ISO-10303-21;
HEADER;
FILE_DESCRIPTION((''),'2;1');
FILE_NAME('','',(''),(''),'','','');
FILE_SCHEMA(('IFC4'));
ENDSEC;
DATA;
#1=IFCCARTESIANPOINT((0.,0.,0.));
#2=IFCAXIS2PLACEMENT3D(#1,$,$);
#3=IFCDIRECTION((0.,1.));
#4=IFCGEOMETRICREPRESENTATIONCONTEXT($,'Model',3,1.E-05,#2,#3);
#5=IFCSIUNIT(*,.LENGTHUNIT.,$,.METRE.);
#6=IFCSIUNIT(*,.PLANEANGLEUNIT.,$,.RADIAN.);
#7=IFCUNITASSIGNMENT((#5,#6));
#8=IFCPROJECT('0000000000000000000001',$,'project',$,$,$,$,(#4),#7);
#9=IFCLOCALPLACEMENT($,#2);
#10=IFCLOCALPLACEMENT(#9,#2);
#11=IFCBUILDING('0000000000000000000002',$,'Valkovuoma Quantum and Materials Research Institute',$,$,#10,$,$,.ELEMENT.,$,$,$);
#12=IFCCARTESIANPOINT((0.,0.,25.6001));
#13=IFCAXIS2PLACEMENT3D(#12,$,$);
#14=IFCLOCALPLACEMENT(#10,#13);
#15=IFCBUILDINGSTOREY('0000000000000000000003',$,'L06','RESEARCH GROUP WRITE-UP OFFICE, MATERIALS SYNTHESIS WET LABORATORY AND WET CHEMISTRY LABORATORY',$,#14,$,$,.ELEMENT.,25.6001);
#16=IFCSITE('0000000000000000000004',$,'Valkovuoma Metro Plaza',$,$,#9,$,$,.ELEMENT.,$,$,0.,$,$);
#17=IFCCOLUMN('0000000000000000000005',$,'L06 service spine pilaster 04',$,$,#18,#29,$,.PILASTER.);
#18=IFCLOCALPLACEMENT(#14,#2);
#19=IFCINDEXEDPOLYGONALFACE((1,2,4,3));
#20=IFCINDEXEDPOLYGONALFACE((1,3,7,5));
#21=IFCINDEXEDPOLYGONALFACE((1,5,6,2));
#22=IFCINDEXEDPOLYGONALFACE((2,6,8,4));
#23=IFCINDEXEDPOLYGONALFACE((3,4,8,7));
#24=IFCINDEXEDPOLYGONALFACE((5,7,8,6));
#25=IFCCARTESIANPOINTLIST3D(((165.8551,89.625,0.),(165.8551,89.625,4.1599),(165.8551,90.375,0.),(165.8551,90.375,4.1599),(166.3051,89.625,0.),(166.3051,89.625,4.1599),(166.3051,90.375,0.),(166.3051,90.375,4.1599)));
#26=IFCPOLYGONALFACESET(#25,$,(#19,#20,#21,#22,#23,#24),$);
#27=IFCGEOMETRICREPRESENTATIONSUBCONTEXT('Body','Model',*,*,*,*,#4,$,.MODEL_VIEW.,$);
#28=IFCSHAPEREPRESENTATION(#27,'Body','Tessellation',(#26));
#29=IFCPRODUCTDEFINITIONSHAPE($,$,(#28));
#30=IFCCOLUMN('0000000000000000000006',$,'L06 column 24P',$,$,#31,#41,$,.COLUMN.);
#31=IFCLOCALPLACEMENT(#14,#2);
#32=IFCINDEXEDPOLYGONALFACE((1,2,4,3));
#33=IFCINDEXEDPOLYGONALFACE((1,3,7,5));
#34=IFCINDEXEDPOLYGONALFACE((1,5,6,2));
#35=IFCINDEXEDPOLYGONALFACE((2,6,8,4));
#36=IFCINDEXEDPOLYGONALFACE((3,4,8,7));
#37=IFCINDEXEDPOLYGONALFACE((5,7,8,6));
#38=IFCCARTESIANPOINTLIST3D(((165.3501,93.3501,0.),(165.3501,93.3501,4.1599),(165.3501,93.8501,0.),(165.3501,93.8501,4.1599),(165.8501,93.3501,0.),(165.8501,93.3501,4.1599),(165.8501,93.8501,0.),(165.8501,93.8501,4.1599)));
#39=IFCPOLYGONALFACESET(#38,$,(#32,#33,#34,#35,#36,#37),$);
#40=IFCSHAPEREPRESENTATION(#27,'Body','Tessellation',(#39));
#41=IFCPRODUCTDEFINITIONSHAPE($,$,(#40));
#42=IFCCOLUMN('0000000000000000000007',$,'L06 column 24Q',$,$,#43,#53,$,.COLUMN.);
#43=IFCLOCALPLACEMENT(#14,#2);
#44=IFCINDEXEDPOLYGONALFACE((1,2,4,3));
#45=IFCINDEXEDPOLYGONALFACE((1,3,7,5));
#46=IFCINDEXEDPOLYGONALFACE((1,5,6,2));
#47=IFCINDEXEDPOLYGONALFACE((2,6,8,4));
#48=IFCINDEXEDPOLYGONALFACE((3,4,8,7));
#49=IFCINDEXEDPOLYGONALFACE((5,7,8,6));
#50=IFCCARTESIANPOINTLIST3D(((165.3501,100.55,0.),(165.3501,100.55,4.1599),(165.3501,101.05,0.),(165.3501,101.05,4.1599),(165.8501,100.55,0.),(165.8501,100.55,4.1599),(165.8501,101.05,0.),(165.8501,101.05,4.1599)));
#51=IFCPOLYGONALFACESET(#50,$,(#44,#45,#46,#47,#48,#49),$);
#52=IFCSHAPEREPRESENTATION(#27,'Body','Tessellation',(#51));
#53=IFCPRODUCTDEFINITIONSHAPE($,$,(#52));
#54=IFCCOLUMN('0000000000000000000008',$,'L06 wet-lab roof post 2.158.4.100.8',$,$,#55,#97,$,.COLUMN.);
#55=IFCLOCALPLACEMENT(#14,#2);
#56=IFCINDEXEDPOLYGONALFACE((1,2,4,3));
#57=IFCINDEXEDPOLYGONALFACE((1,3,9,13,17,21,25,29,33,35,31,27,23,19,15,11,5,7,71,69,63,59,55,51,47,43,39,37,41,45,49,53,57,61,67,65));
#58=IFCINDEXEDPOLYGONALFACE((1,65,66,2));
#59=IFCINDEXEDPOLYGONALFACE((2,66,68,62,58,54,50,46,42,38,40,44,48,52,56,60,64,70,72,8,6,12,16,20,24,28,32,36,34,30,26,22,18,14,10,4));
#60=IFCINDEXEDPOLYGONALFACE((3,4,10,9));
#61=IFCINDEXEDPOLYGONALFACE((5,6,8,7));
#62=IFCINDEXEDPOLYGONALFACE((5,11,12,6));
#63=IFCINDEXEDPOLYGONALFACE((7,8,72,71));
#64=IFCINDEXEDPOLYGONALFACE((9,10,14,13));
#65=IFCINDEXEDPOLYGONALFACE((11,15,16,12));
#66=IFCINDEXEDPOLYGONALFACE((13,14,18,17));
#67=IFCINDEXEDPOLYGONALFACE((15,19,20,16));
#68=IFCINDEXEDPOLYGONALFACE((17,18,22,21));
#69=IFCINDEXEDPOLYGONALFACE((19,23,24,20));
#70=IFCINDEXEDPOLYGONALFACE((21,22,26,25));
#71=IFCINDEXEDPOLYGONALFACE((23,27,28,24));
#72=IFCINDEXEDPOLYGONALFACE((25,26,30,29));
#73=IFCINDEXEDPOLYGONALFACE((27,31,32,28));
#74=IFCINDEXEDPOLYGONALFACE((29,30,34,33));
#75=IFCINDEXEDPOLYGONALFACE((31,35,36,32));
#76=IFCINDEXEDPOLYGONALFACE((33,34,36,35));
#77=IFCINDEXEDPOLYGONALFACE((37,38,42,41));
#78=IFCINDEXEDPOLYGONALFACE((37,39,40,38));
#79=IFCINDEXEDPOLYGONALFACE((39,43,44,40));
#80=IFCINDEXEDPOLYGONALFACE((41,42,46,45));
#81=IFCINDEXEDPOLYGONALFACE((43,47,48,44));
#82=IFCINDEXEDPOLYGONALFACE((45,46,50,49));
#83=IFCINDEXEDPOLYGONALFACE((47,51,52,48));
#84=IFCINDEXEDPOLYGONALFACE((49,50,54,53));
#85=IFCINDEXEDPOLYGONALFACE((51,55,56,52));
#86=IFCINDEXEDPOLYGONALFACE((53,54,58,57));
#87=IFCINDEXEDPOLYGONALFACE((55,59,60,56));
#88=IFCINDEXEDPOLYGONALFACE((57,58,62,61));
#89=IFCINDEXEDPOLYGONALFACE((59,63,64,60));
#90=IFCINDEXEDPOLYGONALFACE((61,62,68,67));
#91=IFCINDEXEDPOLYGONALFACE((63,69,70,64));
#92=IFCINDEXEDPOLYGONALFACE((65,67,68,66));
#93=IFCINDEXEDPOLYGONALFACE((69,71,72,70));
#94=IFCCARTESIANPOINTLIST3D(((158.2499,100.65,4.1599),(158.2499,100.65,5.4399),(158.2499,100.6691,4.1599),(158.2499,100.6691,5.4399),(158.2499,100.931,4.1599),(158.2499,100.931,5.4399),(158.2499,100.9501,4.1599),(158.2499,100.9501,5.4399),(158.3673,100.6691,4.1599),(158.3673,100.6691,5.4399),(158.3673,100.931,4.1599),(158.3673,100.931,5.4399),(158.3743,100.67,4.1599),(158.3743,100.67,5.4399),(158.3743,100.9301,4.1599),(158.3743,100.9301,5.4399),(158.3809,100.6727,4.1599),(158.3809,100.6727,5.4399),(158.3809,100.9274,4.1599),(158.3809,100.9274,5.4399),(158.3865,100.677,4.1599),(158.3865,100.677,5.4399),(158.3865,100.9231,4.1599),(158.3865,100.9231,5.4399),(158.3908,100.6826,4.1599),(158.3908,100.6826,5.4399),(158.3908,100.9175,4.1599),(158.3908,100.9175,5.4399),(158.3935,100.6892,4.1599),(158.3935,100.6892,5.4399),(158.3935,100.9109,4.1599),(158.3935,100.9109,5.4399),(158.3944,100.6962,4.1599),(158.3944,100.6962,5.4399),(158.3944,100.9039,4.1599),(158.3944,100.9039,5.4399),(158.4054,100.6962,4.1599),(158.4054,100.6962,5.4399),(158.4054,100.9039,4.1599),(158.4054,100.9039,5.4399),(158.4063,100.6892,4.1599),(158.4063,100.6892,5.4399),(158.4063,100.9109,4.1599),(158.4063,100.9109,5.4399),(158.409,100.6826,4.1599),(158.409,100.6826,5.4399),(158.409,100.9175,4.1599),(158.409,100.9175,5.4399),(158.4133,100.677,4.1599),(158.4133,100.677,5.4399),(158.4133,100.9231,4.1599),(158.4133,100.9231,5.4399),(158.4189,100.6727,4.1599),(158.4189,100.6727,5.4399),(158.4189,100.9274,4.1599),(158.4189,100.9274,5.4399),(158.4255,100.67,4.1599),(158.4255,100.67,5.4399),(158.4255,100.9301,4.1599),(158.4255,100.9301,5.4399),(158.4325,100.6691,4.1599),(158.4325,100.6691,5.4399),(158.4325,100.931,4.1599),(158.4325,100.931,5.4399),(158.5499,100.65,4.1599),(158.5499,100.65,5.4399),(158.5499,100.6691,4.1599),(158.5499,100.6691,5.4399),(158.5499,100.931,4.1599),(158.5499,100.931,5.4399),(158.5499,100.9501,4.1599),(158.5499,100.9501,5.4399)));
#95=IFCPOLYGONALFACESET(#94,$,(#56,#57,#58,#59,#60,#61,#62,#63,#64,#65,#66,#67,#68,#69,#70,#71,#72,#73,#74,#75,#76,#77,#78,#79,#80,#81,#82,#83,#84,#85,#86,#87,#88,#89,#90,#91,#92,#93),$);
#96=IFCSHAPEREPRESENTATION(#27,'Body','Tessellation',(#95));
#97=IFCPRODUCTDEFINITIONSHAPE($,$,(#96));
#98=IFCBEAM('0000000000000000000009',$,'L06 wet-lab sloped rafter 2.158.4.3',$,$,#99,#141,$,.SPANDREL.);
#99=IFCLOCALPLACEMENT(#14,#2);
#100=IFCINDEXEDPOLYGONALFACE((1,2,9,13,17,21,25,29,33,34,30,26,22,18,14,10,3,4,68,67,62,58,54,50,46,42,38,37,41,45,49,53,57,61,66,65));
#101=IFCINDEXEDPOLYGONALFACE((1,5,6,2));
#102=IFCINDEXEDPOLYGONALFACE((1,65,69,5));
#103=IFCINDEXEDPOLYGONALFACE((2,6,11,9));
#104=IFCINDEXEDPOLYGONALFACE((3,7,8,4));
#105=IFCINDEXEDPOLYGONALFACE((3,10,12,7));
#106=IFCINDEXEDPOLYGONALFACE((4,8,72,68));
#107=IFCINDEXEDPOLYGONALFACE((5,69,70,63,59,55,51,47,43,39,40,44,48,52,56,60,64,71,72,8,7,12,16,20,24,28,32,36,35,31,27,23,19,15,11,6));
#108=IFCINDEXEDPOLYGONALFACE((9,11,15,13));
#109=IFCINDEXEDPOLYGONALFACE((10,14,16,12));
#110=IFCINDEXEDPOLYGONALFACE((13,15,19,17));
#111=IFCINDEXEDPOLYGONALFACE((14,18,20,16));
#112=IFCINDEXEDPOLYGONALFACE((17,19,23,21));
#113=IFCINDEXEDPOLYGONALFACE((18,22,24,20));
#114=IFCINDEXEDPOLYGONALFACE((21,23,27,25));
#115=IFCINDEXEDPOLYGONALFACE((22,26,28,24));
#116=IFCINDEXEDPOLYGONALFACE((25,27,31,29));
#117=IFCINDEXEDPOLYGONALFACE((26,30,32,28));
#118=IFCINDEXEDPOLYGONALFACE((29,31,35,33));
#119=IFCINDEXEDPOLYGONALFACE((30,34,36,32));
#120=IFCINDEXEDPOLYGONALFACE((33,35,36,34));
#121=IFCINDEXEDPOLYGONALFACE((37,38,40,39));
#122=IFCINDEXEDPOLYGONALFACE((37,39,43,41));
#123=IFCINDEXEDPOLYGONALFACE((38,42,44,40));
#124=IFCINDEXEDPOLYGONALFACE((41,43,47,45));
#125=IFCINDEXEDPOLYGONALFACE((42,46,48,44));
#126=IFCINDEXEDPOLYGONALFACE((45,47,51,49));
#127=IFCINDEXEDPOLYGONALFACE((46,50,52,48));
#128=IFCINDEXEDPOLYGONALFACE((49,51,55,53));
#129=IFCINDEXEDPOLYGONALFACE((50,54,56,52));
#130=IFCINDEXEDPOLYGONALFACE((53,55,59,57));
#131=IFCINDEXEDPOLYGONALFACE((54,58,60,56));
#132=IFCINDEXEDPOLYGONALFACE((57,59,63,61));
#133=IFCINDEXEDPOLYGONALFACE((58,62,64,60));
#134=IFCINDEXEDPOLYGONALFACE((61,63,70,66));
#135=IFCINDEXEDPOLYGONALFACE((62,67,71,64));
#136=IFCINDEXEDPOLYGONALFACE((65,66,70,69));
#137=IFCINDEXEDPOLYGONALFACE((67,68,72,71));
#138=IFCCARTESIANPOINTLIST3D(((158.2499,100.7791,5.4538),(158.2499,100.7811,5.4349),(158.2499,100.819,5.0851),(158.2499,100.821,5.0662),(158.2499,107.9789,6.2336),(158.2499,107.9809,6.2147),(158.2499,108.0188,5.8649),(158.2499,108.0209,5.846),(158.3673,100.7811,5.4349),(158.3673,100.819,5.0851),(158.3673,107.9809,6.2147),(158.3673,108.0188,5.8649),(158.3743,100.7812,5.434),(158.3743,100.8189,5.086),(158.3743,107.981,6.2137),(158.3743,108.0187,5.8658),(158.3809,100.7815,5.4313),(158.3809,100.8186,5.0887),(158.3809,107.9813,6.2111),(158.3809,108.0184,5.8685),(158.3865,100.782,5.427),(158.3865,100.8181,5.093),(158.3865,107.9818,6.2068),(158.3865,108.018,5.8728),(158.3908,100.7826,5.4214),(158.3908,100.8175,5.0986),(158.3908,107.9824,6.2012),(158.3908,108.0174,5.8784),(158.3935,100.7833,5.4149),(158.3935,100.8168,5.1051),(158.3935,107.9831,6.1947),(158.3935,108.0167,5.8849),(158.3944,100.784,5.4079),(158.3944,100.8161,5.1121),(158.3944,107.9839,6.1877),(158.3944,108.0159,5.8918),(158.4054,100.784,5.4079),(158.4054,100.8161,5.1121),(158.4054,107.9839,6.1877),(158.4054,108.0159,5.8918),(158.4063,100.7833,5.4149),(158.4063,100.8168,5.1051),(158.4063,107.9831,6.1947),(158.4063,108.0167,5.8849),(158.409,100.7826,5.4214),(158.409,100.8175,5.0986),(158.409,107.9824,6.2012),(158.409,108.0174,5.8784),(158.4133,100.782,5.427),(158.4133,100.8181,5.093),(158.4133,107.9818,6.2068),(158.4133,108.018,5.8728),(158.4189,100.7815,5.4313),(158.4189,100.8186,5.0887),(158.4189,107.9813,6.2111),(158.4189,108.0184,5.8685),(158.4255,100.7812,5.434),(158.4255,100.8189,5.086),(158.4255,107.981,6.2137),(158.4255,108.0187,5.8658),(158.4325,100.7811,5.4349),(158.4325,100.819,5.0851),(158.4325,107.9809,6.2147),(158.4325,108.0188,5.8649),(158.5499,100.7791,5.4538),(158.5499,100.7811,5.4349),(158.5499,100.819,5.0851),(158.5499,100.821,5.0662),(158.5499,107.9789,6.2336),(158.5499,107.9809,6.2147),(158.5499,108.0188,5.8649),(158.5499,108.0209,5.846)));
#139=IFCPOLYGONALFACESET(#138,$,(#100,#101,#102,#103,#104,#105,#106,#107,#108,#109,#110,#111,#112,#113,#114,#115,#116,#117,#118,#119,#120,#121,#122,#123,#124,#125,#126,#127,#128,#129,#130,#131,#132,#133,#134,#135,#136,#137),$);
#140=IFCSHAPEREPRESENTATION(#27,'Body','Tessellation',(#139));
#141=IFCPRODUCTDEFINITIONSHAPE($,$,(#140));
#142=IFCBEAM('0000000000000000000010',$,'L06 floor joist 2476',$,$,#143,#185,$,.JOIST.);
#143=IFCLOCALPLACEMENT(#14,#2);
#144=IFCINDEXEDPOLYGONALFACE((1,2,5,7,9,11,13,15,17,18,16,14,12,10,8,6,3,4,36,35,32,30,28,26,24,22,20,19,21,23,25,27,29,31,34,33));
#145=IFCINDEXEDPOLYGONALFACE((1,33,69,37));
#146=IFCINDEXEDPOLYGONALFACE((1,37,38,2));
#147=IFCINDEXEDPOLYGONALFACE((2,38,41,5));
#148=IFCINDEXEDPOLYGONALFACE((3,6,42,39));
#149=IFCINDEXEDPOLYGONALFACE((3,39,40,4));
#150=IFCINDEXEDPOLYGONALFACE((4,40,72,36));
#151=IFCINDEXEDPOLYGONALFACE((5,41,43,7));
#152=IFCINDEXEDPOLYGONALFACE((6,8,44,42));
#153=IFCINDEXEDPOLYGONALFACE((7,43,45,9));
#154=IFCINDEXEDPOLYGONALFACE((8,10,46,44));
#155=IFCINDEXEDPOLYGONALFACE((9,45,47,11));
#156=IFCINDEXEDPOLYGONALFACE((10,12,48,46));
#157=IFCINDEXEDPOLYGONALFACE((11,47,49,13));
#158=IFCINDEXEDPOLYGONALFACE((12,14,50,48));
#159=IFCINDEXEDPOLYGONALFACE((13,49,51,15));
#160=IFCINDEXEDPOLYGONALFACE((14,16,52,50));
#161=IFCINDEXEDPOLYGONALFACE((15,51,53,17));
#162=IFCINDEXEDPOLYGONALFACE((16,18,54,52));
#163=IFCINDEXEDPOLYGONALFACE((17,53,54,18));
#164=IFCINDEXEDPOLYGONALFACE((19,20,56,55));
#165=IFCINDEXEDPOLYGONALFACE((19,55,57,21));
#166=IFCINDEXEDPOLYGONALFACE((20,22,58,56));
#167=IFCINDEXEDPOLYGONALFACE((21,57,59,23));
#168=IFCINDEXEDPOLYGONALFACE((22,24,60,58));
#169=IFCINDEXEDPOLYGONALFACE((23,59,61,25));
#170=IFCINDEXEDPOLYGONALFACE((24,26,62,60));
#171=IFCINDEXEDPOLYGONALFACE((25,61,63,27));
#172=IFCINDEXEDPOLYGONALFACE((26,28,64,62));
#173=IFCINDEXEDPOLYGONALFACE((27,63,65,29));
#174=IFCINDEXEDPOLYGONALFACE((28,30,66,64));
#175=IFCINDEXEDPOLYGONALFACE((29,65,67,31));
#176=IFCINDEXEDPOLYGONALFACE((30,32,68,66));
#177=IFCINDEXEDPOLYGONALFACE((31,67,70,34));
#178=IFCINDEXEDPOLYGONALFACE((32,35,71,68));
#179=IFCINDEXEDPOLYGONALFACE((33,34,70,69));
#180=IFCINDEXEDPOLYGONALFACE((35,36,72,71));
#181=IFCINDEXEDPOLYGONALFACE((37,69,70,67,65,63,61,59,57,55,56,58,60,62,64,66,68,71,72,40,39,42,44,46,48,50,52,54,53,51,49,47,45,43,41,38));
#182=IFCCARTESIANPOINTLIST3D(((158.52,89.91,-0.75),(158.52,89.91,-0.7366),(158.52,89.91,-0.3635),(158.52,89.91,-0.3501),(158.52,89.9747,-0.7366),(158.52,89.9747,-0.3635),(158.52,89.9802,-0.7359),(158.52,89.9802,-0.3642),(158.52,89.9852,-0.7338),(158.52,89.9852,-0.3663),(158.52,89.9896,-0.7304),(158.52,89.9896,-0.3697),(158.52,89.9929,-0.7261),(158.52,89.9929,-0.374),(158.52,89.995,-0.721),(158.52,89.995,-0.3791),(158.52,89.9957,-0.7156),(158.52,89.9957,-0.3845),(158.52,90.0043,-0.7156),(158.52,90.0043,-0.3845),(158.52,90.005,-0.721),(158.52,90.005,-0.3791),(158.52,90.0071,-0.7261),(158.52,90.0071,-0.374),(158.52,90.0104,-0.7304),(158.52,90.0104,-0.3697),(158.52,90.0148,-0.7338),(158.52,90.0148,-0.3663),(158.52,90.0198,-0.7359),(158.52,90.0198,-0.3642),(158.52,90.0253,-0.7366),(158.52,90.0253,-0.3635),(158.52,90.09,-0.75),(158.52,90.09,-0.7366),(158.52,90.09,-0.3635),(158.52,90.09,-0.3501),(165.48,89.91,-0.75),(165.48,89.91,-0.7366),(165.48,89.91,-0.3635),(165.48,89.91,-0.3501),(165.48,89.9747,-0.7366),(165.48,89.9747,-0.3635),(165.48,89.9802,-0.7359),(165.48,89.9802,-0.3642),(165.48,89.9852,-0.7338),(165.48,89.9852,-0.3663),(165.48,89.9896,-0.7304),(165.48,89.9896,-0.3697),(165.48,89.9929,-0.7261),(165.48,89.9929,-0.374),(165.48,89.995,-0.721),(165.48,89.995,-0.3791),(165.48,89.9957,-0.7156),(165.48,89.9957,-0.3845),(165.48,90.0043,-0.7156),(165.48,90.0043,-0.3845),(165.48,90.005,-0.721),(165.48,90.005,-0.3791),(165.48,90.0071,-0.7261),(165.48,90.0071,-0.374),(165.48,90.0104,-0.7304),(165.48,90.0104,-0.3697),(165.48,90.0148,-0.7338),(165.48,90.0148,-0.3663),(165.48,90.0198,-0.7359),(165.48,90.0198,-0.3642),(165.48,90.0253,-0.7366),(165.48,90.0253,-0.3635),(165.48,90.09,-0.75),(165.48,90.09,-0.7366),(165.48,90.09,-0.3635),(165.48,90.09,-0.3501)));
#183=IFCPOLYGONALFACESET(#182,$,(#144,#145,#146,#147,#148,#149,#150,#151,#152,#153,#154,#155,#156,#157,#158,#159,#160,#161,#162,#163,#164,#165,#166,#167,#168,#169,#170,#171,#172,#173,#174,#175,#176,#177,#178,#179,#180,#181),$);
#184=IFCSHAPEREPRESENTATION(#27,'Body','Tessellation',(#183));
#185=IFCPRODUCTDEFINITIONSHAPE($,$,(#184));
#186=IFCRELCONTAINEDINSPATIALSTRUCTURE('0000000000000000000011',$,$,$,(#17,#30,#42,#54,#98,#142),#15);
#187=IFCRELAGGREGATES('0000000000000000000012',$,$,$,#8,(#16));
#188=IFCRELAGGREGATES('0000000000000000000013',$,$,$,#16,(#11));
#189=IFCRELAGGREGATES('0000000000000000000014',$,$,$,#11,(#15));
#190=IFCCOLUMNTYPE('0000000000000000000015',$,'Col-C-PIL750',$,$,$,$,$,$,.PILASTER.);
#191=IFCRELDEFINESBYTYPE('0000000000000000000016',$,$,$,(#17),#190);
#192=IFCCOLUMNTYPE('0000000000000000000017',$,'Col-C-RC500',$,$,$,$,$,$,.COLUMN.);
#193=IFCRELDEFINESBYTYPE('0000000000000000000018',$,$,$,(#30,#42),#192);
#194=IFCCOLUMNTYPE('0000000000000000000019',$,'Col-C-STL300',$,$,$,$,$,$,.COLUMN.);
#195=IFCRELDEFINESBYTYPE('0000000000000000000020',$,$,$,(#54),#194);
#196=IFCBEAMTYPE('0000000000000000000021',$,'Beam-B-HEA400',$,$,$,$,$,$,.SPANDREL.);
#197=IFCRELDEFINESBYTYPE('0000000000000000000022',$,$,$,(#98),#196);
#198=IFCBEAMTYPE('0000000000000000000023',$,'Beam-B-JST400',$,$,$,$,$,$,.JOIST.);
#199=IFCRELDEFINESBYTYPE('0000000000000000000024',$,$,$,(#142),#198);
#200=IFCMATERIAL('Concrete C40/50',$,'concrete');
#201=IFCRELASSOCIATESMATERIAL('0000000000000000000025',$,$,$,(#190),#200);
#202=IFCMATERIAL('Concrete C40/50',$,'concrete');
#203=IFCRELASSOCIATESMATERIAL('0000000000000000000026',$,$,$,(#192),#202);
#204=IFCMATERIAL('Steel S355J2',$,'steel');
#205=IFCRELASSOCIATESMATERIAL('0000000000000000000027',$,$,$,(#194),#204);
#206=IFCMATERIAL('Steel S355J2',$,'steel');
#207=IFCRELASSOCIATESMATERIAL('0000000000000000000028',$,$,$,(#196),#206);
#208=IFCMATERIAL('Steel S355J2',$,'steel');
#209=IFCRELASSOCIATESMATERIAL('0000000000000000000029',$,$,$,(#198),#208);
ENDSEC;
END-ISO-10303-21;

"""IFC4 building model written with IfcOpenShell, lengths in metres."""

from ifc_helpers import new_model, si_unit, direction, frame, origin, origin_2d, place, context, subcontext, project, spatial, rectangle, i_section, extrude, material, material_profile, profile_set, type_object, element, save


model = new_model("IFC4")

# Units and contexts
model_context = context("Model", 3, precision=1e-05, world=origin(), true_north=direction((0.0, 1.0)))
body_context = subcontext(model_context, "Body", "Model", "MODEL_VIEW")
ifc_project = project(units=[si_unit("LENGTHUNIT", "METRE"), si_unit("PLANEANGLEUNIT", "RADIAN")], contexts=[model_context])

# Site, building, storey
site_placement = place(None, origin())
site = spatial("IfcSite", under=ifc_project, at=site_placement, Name="Valkovuoma Metro Plaza", CompositionType="ELEMENT", RefElevation=0.0)
building_placement = place(site_placement, origin())
building = spatial("IfcBuilding", under=site, at=building_placement, Name="Valkovuoma Quantum and Materials Research Institute", CompositionType="ELEMENT")
storey_placement = place(building_placement, frame((0.0, 0.0, 25.6001)))
storey = spatial("IfcBuildingStorey", under=building, at=storey_placement, Name="L06", Description="RESEARCH GROUP WRITE-UP OFFICE, MATERIALS SYNTHESIS WET LABORATORY AND WET CHEMISTRY LABORATORY", CompositionType="ELEMENT", Elevation=25.6001)

# Columns
ifc_material_1 = material(Name="Concrete C40/50", Category="concrete")
ifc_material_profile_1 = material_profile(ifc_material_1, rectangle(XDim=0.45, YDim=0.75, at=origin_2d()), Name="Concrete C40/50")
ifc_profile_set_1 = profile_set([ifc_material_profile_1], Name="Concrete C40/50")
column_type_1 = type_object("IfcColumnType", Name="Col-C-PIL750", PredefinedType="PILASTER", material=ifc_profile_set_1)
column_1_placement = place(storey_placement, frame((166.0801, 90.0, 0.0), z_axis=(0.0, 0.0, 1.0), x_axis=(1.0, 0.0, 0.0)))
element("IfcColumn", 1, at=column_1_placement, inside=storey, type_object=column_type_1, Name="L06 service spine pilaster 04", PredefinedType="PILASTER", context=body_context, shape_type="SweptSolid", body=[
    extrude(rectangle(XDim=0.45, YDim=0.75, at=origin_2d()), origin(), (0.0, 0.0, 1.0), 4.1599),
])
ifc_material_2 = material(Name="Concrete C40/50", Category="concrete")
ifc_material_profile_2 = material_profile(ifc_material_2, rectangle(XDim=0.5, YDim=0.5, at=origin_2d()), Name="Concrete C40/50")
ifc_profile_set_2 = profile_set([ifc_material_profile_2], Name="Concrete C40/50")
column_type_2 = type_object("IfcColumnType", Name="Col-C-RC500", PredefinedType="COLUMN", material=ifc_profile_set_2)
for number, where, z_axis, x_axis, name in (
    (2, (165.6001, 93.6001, 0.0), (0.0, 0.0, 1.0), (1.0, 0.0, 0.0), "L06 column 24P"),
    (3, (165.6001, 100.8, 0.0), (0.0, 0.0, 1.0), (1.0, 0.0, 0.0), "L06 column 24Q"),
):
    element("IfcColumn", number, at=place(storey_placement, frame(where, z_axis=z_axis, x_axis=x_axis)), inside=storey, type_object=column_type_2, Name=name, PredefinedType="COLUMN", context=body_context, shape_type="SweptSolid", body=[
        extrude(rectangle(XDim=0.5, YDim=0.5, at=origin_2d()), origin(), (0.0, 0.0, 1.0), 4.1599),
    ])
ifc_material_3 = material(Name="Steel S355J2", Category="steel")
ifc_material_profile_3 = material_profile(ifc_material_3, i_section(OverallWidth=0.3, OverallDepth=0.3, WebThickness=0.011, FlangeThickness=0.019, FilletRadius=0.0271, at=origin_2d()), Name="Steel S355J2")
ifc_profile_set_3 = profile_set([ifc_material_profile_3], Name="Steel S355J2")
column_type_3 = type_object("IfcColumnType", Name="Col-C-STL300", PredefinedType="COLUMN", material=ifc_profile_set_3)
column_2_placement = place(storey_placement, frame((158.3999, 100.8, 4.1599), z_axis=(0.0, 0.0, 1.0), x_axis=(1.0, 0.0, 0.0)))
element("IfcColumn", 4, at=column_2_placement, inside=storey, type_object=column_type_3, Name="L06 wet-lab roof post 2.158.4.100.8", PredefinedType="COLUMN", context=body_context, shape_type="SweptSolid", body=[
    extrude(i_section(OverallWidth=0.3, OverallDepth=0.3, WebThickness=0.011, FlangeThickness=0.019, FilletRadius=0.0271, at=origin_2d()), origin(), (0.0, 0.0, 1.0), 1.28),
])

# Beams
ifc_material_4 = material(Name="Steel S355J2", Category="steel")
ifc_material_profile_4 = material_profile(ifc_material_4, i_section(OverallWidth=0.3, OverallDepth=0.3899, WebThickness=0.011, FlangeThickness=0.019, FilletRadius=0.0271, at=origin_2d()), Name="Steel S355J2")
ifc_profile_set_4 = profile_set([ifc_material_profile_4], Name="Steel S355J2")
beam_type_1 = type_object("IfcBeamType", Name="Beam-B-HEA400", PredefinedType="SPANDREL", material=ifc_profile_set_4)
beam_1_placement = place(storey_placement, frame((158.3999, 100.8, 5.26), z_axis=(0.0, 0.994186, 0.107675), x_axis=(-1.0, 0.0, 0.0)))
element("IfcBeam", 5, at=beam_1_placement, inside=storey, type_object=beam_type_1, Name="L06 wet-lab sloped rafter 2.158.4.3", PredefinedType="SPANDREL", context=body_context, shape_type="SweptSolid", body=[
    extrude(i_section(OverallWidth=0.3, OverallDepth=0.3899, WebThickness=0.011, FlangeThickness=0.019, FilletRadius=0.0271, at=origin_2d()), origin(), (0.0, 0.0, 1.0), 7.2419),
])
ifc_material_5 = material(Name="Steel S355J2", Category="steel")
ifc_material_profile_5 = material_profile(ifc_material_5, i_section(OverallWidth=0.1799, OverallDepth=0.3999, WebThickness=0.0085, FlangeThickness=0.0134, FilletRadius=0.021, at=origin_2d()), Name="Steel S355J2")
ifc_profile_set_5 = profile_set([ifc_material_profile_5], Name="Steel S355J2")
beam_type_2 = type_object("IfcBeamType", Name="Beam-B-JST400", PredefinedType="JOIST", material=ifc_profile_set_5)
for number, where, z_axis, x_axis, name in (
    (6, (158.52, 90.0, -0.55), (1.0, 0.0, 0.0), (0.0, 1.0, 0.0), "L06 floor joist 2476"),
):
    element("IfcBeam", number, at=place(storey_placement, frame(where, z_axis=z_axis, x_axis=x_axis)), inside=storey, type_object=beam_type_2, Name=name, PredefinedType="JOIST", context=body_context, shape_type="SweptSolid", body=[
        extrude(i_section(OverallWidth=0.1799, OverallDepth=0.3999, WebThickness=0.0085, FlangeThickness=0.0134, FilletRadius=0.021, at=origin_2d()), origin(), (0.0, 0.0, 1.0), 6.96),
    ])

save(model, "model.ifc")
